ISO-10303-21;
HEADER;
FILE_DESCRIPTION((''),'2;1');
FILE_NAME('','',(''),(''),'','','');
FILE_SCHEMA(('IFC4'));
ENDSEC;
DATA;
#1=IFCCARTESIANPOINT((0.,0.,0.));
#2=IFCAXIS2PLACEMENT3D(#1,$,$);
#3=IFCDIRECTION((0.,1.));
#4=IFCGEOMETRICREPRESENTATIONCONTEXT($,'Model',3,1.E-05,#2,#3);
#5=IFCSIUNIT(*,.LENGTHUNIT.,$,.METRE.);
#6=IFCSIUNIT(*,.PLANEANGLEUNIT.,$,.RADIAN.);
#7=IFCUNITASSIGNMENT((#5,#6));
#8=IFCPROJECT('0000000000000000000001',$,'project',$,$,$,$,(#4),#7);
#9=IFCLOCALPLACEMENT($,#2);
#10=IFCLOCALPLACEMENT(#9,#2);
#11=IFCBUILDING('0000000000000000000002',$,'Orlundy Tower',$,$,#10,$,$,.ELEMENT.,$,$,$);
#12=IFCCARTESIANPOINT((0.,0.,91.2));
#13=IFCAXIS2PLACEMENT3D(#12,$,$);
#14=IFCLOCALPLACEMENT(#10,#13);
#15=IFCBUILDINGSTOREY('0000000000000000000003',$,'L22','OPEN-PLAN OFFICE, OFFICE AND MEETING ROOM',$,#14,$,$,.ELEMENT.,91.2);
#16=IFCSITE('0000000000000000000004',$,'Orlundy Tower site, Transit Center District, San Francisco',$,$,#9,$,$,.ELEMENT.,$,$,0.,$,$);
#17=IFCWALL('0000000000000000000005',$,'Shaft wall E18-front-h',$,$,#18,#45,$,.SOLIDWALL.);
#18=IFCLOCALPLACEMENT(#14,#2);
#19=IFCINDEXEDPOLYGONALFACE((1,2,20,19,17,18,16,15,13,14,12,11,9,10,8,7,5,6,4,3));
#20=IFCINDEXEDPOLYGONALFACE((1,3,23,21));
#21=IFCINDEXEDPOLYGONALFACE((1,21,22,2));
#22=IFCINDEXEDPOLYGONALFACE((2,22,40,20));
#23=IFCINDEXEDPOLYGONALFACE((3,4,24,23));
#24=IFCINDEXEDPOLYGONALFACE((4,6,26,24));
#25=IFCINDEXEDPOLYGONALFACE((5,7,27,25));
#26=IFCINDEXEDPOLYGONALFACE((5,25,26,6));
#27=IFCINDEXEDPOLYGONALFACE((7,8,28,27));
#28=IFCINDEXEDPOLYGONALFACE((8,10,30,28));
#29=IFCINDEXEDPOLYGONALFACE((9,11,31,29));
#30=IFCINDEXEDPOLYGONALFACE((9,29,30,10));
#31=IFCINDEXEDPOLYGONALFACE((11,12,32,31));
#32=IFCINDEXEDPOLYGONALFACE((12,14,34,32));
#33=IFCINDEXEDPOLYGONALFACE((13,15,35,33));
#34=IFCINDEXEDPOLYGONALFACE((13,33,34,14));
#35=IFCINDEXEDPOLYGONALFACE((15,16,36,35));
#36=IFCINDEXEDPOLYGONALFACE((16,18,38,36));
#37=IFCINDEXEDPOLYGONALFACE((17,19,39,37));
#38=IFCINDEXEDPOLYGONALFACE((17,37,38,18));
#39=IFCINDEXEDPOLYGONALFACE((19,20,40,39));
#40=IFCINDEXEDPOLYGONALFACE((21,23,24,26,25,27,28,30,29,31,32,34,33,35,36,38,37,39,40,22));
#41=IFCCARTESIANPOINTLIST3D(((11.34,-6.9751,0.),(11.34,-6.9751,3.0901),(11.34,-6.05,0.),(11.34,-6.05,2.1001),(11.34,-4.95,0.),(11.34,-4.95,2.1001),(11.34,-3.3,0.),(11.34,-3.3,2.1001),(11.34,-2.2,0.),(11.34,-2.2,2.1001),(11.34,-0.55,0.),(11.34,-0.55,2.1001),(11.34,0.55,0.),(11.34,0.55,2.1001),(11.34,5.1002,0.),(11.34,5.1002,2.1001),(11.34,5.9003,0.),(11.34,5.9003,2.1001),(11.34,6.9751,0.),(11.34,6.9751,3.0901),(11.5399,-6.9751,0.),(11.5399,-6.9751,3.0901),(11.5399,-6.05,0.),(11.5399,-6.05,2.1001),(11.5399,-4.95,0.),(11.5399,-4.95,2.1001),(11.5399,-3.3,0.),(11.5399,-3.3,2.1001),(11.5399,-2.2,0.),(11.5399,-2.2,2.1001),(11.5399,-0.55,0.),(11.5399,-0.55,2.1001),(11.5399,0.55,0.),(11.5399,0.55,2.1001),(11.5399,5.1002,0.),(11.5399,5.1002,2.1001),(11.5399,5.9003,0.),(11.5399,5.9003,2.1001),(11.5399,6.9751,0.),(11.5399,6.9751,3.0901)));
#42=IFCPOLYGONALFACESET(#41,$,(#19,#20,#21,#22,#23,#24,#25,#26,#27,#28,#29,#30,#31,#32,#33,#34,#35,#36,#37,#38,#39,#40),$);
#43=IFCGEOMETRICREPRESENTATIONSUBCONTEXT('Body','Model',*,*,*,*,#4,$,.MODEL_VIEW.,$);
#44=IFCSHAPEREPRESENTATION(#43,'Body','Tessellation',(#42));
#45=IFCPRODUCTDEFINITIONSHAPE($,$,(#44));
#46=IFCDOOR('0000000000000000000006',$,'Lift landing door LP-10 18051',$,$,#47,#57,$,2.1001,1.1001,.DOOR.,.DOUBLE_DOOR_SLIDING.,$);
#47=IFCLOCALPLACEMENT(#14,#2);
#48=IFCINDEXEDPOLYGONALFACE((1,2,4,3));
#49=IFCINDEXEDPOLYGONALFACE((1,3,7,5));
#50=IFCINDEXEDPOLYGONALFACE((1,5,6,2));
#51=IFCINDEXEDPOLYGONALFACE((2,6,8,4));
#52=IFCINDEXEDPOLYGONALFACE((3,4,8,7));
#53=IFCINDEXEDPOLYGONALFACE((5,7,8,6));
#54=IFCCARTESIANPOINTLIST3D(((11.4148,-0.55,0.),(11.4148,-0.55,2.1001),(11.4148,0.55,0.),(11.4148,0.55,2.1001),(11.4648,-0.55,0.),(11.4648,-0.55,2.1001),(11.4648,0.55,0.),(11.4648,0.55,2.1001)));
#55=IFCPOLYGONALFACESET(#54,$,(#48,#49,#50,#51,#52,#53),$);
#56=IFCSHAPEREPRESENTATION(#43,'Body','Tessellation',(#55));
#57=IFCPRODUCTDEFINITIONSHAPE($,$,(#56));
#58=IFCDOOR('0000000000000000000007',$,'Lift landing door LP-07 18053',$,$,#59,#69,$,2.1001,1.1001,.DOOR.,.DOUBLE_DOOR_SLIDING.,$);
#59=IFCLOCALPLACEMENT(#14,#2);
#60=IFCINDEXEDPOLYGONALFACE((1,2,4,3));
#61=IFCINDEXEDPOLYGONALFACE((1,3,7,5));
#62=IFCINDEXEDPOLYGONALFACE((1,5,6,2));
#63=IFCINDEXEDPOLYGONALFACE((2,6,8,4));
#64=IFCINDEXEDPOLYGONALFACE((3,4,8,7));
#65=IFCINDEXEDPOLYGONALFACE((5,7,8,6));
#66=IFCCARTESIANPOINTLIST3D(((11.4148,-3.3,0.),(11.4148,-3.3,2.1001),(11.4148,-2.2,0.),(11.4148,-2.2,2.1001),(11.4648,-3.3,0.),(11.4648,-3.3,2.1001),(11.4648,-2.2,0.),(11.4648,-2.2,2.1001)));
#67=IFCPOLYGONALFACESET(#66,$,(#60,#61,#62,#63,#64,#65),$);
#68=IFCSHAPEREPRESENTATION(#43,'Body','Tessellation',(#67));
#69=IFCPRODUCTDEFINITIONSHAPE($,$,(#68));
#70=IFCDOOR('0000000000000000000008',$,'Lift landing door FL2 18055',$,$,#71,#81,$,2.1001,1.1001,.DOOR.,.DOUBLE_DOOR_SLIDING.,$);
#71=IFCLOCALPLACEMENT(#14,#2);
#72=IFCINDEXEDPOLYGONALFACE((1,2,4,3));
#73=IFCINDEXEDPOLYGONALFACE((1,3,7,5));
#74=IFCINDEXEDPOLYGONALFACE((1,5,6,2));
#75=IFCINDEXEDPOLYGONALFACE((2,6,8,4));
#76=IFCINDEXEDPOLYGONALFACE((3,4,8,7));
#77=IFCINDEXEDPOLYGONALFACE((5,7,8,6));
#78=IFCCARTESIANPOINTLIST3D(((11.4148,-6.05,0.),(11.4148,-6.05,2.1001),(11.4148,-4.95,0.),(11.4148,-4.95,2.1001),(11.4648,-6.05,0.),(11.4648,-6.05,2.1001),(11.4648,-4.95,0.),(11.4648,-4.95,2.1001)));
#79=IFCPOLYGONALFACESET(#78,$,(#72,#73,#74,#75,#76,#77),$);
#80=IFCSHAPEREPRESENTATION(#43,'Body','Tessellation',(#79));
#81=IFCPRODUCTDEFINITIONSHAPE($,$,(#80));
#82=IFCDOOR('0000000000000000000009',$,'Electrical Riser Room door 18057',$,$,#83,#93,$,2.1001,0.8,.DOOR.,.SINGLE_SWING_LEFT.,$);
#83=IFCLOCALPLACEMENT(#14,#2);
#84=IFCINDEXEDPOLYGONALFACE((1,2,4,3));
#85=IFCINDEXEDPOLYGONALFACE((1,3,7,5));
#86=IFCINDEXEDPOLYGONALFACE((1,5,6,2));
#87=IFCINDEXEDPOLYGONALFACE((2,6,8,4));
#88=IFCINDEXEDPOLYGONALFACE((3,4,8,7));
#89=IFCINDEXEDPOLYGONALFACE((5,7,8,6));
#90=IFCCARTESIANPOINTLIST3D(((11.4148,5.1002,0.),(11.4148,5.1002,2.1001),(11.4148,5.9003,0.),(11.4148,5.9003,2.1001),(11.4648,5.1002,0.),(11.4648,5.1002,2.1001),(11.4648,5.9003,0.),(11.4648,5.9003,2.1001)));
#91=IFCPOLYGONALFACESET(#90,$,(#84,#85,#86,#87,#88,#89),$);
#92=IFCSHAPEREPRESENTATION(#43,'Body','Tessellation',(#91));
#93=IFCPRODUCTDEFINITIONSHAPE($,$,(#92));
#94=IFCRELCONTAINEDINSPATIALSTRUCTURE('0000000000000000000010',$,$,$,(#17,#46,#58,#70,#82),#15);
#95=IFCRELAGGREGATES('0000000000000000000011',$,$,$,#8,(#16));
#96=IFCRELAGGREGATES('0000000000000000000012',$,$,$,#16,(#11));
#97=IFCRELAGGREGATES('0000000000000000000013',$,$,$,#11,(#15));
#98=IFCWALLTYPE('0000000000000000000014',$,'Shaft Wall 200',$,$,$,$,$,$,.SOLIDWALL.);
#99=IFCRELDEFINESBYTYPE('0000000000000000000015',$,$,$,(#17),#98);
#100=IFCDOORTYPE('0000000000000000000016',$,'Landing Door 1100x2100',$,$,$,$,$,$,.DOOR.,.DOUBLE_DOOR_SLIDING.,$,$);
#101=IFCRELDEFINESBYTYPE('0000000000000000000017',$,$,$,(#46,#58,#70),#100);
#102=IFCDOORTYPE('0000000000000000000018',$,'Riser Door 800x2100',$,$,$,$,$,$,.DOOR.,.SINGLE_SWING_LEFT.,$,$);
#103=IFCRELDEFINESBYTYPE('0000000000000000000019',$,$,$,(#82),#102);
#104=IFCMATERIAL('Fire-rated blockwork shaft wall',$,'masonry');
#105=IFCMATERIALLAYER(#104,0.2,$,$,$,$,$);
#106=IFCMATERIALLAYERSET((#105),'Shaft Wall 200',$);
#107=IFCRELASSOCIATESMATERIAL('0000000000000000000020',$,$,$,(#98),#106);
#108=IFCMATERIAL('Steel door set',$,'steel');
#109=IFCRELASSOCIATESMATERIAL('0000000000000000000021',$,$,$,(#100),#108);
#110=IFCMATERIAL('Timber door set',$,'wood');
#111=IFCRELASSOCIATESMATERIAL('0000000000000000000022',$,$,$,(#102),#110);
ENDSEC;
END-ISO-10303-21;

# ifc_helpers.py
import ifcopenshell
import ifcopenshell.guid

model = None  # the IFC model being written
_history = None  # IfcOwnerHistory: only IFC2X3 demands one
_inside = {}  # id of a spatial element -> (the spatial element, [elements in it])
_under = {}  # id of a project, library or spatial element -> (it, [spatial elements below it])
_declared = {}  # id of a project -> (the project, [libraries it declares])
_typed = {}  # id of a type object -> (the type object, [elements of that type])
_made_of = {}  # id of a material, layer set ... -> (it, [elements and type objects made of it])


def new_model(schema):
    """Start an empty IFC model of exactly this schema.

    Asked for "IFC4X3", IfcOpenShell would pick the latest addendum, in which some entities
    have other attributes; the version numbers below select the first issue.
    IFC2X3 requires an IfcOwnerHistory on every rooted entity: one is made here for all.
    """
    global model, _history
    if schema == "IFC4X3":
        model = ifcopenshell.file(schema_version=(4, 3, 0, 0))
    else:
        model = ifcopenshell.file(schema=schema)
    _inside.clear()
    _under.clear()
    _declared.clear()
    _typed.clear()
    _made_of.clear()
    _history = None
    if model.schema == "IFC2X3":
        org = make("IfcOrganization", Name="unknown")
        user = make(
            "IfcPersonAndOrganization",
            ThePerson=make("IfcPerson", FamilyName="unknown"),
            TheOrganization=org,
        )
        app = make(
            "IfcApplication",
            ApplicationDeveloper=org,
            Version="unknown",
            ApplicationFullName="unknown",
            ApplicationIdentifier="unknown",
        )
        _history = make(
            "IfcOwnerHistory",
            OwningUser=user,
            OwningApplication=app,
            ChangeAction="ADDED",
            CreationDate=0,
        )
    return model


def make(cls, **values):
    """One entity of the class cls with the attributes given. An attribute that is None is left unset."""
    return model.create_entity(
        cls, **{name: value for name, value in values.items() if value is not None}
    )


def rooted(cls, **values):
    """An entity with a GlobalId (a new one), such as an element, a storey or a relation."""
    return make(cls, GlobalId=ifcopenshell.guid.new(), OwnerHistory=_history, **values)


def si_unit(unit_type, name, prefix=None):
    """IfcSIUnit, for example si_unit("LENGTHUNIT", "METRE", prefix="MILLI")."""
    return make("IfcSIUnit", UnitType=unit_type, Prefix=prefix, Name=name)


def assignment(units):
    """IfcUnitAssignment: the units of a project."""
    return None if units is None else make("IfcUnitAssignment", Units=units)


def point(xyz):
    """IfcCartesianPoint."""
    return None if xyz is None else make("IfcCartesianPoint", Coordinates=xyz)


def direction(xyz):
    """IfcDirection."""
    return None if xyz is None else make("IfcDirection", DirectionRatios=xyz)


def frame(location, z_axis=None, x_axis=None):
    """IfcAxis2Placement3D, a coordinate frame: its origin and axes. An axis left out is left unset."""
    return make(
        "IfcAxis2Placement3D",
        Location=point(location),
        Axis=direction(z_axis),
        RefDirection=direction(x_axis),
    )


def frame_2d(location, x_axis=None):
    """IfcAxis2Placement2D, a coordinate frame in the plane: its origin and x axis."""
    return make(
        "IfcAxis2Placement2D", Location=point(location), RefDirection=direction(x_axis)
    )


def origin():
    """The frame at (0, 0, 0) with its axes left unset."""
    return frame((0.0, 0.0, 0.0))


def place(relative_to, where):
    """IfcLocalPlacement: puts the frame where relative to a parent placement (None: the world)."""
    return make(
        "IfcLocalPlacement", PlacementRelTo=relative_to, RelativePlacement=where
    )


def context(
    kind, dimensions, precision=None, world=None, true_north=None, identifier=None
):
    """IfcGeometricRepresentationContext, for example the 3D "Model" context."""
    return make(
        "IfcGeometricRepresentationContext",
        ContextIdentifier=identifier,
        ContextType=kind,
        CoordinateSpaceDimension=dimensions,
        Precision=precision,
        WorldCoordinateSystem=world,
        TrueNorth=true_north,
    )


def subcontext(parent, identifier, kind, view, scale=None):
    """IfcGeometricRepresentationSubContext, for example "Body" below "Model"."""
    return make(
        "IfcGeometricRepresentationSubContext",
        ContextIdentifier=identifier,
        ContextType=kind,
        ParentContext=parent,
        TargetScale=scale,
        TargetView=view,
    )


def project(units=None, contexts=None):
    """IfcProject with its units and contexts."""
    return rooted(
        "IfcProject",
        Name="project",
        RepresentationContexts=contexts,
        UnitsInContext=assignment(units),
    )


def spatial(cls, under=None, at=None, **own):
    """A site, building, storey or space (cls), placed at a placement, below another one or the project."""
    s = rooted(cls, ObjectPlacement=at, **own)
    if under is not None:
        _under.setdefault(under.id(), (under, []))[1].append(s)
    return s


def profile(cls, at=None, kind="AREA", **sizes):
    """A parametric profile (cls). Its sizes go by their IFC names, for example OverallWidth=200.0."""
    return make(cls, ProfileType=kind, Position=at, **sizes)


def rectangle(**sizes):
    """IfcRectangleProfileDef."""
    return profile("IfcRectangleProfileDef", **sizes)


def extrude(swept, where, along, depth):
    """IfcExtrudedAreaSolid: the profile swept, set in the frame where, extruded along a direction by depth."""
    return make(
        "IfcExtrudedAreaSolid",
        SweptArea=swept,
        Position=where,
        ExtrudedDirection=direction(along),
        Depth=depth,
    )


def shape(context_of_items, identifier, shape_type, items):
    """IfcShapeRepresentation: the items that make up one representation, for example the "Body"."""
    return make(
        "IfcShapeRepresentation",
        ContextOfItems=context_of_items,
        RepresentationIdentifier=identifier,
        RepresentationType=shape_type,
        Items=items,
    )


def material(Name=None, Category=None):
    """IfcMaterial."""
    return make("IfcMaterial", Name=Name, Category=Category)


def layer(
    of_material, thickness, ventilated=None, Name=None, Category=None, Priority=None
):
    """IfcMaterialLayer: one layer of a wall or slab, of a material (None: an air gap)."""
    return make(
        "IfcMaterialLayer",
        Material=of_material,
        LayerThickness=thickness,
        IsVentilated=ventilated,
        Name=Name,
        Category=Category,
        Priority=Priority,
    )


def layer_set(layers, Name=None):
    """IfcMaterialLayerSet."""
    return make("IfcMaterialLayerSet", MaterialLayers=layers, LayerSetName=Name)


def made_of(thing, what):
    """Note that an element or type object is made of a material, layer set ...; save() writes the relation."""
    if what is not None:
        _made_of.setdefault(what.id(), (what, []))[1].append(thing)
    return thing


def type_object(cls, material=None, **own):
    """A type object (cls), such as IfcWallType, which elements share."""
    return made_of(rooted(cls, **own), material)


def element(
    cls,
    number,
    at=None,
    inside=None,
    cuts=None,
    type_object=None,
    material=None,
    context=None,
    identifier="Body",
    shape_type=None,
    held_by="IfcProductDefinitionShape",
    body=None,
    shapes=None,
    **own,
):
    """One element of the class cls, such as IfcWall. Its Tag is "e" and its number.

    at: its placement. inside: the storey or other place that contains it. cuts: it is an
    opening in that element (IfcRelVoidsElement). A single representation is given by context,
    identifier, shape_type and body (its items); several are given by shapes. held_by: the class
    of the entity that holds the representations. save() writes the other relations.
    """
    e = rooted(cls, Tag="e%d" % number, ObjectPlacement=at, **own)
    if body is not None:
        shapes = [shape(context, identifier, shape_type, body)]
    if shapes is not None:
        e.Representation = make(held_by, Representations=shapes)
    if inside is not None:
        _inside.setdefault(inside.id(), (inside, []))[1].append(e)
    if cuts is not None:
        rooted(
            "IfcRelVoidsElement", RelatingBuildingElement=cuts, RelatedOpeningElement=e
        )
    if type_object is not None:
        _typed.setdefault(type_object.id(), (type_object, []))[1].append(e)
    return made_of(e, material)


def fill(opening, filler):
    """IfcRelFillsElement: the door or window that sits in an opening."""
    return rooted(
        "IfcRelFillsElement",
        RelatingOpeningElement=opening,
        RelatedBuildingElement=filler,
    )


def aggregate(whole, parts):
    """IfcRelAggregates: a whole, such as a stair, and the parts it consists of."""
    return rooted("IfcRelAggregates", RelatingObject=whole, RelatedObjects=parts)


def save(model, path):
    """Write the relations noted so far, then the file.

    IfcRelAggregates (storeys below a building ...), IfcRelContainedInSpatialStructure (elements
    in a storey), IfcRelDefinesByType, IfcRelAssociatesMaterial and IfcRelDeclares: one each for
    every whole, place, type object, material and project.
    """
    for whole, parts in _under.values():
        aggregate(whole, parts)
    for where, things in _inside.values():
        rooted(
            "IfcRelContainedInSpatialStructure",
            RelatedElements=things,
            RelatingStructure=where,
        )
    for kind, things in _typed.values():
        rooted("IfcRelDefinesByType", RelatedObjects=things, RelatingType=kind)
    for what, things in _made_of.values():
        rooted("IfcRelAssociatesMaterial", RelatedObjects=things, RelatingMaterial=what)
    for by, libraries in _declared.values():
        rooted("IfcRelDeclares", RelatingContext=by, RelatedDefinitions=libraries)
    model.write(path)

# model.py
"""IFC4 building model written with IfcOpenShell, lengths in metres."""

from ifc_helpers import new_model, si_unit, direction, frame, frame_2d, origin, place, context, subcontext, project, spatial, rectangle, extrude, material, layer, layer_set, type_object, element, fill, save


model = new_model("IFC4")

# Units and contexts
model_context = context("Model", 3, precision=1e-05, world=origin(), true_north=direction((0.0, 1.0)))
body_context = subcontext(model_context, "Body", "Model", "MODEL_VIEW")
ifc_project = project(units=[si_unit("LENGTHUNIT", "METRE"), si_unit("PLANEANGLEUNIT", "RADIAN")], contexts=[model_context])

# Site, building, storey
site_placement = place(None, origin())
site = spatial("IfcSite", under=ifc_project, at=site_placement, Name="Orlundy Tower site, Transit Center District, San Francisco", CompositionType="ELEMENT", RefElevation=0.0)
building_placement = place(site_placement, origin())
building = spatial("IfcBuilding", under=site, at=building_placement, Name="Orlundy Tower", CompositionType="ELEMENT")
storey_placement = place(building_placement, frame((0.0, 0.0, 91.2)))
storey = spatial("IfcBuildingStorey", under=building, at=storey_placement, Name="L22", Description="OPEN-PLAN OFFICE, OFFICE AND MEETING ROOM", CompositionType="ELEMENT", Elevation=91.2)

# Shared definitions
ifc_material_1 = material(Name="Fire-rated blockwork shaft wall", Category="masonry")
ifc_layer_1 = layer(ifc_material_1, 0.2)
ifc_layer_set_1 = layer_set([ifc_layer_1], Name="Shaft Wall 200")
wall_type_1 = type_object("IfcWallType", Name="Shaft Wall 200", PredefinedType="SOLIDWALL", material=ifc_layer_set_1)

# Wall, openings, doors
wall_1_placement = place(storey_placement, frame((11.4399, 6.9751, 0.0), z_axis=(0.0, 0.0, 1.0), x_axis=(0.0, -1.0, 0.0)))
wall_1 = element("IfcWall", 1, at=wall_1_placement, inside=storey, type_object=wall_type_1, Name="Shaft wall E18-front-h", PredefinedType="SOLIDWALL", context=body_context, shape_type="SweptSolid", body=[
    extrude(rectangle(XDim=13.9502, YDim=0.2, at=frame_2d((6.9751, 0.0))), origin(), (0.0, 0.0, 1.0), 3.0901),
])
opening_1_placement = place(wall_1_placement, frame((6.425, 0.0, 0.0)))
opening_1 = element("IfcOpeningElement", 2, at=opening_1_placement, cuts=wall_1, PredefinedType="OPENING", context=body_context, shape_type="SweptSolid", body=[
    extrude(rectangle(XDim=1.1001, YDim=2.1001, at=frame_2d((0.55, 1.05))), frame((0.0, 0.1101, 0.0), z_axis=(0.0, -1.0, 0.0), x_axis=(1.0, 0.0, 0.0)), (0.0, 0.0, 1.0), 0.2202),
])
opening_2_placement = place(wall_1_placement, frame((9.175, 0.0, 0.0)))
opening_2 = element("IfcOpeningElement", 3, at=opening_2_placement, cuts=wall_1, PredefinedType="OPENING", context=body_context, shape_type="SweptSolid", body=[
    extrude(rectangle(XDim=1.1001, YDim=2.1001, at=frame_2d((0.55, 1.05))), frame((0.0, 0.1101, 0.0), z_axis=(0.0, -1.0, 0.0), x_axis=(1.0, 0.0, 0.0)), (0.0, 0.0, 1.0), 0.2202),
])
opening_3_placement = place(wall_1_placement, frame((11.925, 0.0, 0.0)))
opening_3 = element("IfcOpeningElement", 4, at=opening_3_placement, cuts=wall_1, PredefinedType="OPENING", context=body_context, shape_type="SweptSolid", body=[
    extrude(rectangle(XDim=1.1001, YDim=2.1001, at=frame_2d((0.55, 1.05))), frame((0.0, 0.1101, 0.0), z_axis=(0.0, -1.0, 0.0), x_axis=(1.0, 0.0, 0.0)), (0.0, 0.0, 1.0), 0.2202),
])
opening_4_placement = place(wall_1_placement, frame((1.075, 0.0, 0.0)))
opening_4 = element("IfcOpeningElement", 5, at=opening_4_placement, cuts=wall_1, PredefinedType="OPENING", context=body_context, shape_type="SweptSolid", body=[
    extrude(rectangle(XDim=0.8, YDim=2.1001, at=frame_2d((0.3999, 1.05))), frame((0.0, 0.1101, 0.0), z_axis=(0.0, -1.0, 0.0), x_axis=(1.0, 0.0, 0.0)), (0.0, 0.0, 1.0), 0.2202),
])
ifc_material_2 = material(Name="Steel door set", Category="steel")
door_type_1 = type_object("IfcDoorType", Name="Landing Door 1100x2100", OperationType="DOUBLE_DOOR_SLIDING", PredefinedType="DOOR", material=ifc_material_2)
door_1_placement = place(opening_1_placement, origin())
door_1 = element("IfcDoor", 6, at=door_1_placement, inside=storey, type_object=door_type_1, Name="Lift landing door LP-10 18051", OperationType="DOUBLE_DOOR_SLIDING", OverallHeight=2.1001, OverallWidth=1.1001, PredefinedType="DOOR", context=body_context, shape_type="SweptSolid", body=[
    extrude(rectangle(XDim=1.1001, YDim=2.1001, at=frame_2d((0.55, 1.05))), frame((0.0, 0.0249, 0.0), z_axis=(0.0, -1.0, 0.0), x_axis=(1.0, 0.0, 0.0)), (0.0, 0.0, 1.0), 0.05),
])
fill(opening_1, door_1)
door_2_placement = place(opening_2_placement, origin())
door_2 = element("IfcDoor", 7, at=door_2_placement, inside=storey, type_object=door_type_1, Name="Lift landing door LP-07 18053", OperationType="DOUBLE_DOOR_SLIDING", OverallHeight=2.1001, OverallWidth=1.1001, PredefinedType="DOOR", context=body_context, shape_type="SweptSolid", body=[
    extrude(rectangle(XDim=1.1001, YDim=2.1001, at=frame_2d((0.55, 1.05))), frame((0.0, 0.0249, 0.0), z_axis=(0.0, -1.0, 0.0), x_axis=(1.0, 0.0, 0.0)), (0.0, 0.0, 1.0), 0.05),
])
fill(opening_2, door_2)
door_3_placement = place(opening_3_placement, origin())
door_3 = element("IfcDoor", 8, at=door_3_placement, inside=storey, type_object=door_type_1, Name="Lift landing door FL2 18055", OperationType="DOUBLE_DOOR_SLIDING", OverallHeight=2.1001, OverallWidth=1.1001, PredefinedType="DOOR", context=body_context, shape_type="SweptSolid", body=[
    extrude(rectangle(XDim=1.1001, YDim=2.1001, at=frame_2d((0.55, 1.05))), frame((0.0, 0.0249, 0.0), z_axis=(0.0, -1.0, 0.0), x_axis=(1.0, 0.0, 0.0)), (0.0, 0.0, 1.0), 0.05),
])
fill(opening_3, door_3)
ifc_material_3 = material(Name="Timber door set", Category="wood")
door_type_2 = type_object("IfcDoorType", Name="Riser Door 800x2100", OperationType="SINGLE_SWING_LEFT", PredefinedType="DOOR", material=ifc_material_3)
door_4_placement = place(opening_4_placement, origin())
door_4 = element("IfcDoor", 9, at=door_4_placement, inside=storey, type_object=door_type_2, Name="Electrical Riser Room door 18057", OperationType="SINGLE_SWING_LEFT", OverallHeight=2.1001, OverallWidth=0.8, PredefinedType="DOOR", context=body_context, shape_type="SweptSolid", body=[
    extrude(rectangle(XDim=0.8, YDim=2.1001, at=frame_2d((0.3999, 1.05))), frame((0.0, 0.0249, 0.0), z_axis=(0.0, -1.0, 0.0), x_axis=(1.0, 0.0, 0.0)), (0.0, 0.0, 1.0), 0.05),
])
fill(opening_4, door_4)

save(model, "model.ifc")
